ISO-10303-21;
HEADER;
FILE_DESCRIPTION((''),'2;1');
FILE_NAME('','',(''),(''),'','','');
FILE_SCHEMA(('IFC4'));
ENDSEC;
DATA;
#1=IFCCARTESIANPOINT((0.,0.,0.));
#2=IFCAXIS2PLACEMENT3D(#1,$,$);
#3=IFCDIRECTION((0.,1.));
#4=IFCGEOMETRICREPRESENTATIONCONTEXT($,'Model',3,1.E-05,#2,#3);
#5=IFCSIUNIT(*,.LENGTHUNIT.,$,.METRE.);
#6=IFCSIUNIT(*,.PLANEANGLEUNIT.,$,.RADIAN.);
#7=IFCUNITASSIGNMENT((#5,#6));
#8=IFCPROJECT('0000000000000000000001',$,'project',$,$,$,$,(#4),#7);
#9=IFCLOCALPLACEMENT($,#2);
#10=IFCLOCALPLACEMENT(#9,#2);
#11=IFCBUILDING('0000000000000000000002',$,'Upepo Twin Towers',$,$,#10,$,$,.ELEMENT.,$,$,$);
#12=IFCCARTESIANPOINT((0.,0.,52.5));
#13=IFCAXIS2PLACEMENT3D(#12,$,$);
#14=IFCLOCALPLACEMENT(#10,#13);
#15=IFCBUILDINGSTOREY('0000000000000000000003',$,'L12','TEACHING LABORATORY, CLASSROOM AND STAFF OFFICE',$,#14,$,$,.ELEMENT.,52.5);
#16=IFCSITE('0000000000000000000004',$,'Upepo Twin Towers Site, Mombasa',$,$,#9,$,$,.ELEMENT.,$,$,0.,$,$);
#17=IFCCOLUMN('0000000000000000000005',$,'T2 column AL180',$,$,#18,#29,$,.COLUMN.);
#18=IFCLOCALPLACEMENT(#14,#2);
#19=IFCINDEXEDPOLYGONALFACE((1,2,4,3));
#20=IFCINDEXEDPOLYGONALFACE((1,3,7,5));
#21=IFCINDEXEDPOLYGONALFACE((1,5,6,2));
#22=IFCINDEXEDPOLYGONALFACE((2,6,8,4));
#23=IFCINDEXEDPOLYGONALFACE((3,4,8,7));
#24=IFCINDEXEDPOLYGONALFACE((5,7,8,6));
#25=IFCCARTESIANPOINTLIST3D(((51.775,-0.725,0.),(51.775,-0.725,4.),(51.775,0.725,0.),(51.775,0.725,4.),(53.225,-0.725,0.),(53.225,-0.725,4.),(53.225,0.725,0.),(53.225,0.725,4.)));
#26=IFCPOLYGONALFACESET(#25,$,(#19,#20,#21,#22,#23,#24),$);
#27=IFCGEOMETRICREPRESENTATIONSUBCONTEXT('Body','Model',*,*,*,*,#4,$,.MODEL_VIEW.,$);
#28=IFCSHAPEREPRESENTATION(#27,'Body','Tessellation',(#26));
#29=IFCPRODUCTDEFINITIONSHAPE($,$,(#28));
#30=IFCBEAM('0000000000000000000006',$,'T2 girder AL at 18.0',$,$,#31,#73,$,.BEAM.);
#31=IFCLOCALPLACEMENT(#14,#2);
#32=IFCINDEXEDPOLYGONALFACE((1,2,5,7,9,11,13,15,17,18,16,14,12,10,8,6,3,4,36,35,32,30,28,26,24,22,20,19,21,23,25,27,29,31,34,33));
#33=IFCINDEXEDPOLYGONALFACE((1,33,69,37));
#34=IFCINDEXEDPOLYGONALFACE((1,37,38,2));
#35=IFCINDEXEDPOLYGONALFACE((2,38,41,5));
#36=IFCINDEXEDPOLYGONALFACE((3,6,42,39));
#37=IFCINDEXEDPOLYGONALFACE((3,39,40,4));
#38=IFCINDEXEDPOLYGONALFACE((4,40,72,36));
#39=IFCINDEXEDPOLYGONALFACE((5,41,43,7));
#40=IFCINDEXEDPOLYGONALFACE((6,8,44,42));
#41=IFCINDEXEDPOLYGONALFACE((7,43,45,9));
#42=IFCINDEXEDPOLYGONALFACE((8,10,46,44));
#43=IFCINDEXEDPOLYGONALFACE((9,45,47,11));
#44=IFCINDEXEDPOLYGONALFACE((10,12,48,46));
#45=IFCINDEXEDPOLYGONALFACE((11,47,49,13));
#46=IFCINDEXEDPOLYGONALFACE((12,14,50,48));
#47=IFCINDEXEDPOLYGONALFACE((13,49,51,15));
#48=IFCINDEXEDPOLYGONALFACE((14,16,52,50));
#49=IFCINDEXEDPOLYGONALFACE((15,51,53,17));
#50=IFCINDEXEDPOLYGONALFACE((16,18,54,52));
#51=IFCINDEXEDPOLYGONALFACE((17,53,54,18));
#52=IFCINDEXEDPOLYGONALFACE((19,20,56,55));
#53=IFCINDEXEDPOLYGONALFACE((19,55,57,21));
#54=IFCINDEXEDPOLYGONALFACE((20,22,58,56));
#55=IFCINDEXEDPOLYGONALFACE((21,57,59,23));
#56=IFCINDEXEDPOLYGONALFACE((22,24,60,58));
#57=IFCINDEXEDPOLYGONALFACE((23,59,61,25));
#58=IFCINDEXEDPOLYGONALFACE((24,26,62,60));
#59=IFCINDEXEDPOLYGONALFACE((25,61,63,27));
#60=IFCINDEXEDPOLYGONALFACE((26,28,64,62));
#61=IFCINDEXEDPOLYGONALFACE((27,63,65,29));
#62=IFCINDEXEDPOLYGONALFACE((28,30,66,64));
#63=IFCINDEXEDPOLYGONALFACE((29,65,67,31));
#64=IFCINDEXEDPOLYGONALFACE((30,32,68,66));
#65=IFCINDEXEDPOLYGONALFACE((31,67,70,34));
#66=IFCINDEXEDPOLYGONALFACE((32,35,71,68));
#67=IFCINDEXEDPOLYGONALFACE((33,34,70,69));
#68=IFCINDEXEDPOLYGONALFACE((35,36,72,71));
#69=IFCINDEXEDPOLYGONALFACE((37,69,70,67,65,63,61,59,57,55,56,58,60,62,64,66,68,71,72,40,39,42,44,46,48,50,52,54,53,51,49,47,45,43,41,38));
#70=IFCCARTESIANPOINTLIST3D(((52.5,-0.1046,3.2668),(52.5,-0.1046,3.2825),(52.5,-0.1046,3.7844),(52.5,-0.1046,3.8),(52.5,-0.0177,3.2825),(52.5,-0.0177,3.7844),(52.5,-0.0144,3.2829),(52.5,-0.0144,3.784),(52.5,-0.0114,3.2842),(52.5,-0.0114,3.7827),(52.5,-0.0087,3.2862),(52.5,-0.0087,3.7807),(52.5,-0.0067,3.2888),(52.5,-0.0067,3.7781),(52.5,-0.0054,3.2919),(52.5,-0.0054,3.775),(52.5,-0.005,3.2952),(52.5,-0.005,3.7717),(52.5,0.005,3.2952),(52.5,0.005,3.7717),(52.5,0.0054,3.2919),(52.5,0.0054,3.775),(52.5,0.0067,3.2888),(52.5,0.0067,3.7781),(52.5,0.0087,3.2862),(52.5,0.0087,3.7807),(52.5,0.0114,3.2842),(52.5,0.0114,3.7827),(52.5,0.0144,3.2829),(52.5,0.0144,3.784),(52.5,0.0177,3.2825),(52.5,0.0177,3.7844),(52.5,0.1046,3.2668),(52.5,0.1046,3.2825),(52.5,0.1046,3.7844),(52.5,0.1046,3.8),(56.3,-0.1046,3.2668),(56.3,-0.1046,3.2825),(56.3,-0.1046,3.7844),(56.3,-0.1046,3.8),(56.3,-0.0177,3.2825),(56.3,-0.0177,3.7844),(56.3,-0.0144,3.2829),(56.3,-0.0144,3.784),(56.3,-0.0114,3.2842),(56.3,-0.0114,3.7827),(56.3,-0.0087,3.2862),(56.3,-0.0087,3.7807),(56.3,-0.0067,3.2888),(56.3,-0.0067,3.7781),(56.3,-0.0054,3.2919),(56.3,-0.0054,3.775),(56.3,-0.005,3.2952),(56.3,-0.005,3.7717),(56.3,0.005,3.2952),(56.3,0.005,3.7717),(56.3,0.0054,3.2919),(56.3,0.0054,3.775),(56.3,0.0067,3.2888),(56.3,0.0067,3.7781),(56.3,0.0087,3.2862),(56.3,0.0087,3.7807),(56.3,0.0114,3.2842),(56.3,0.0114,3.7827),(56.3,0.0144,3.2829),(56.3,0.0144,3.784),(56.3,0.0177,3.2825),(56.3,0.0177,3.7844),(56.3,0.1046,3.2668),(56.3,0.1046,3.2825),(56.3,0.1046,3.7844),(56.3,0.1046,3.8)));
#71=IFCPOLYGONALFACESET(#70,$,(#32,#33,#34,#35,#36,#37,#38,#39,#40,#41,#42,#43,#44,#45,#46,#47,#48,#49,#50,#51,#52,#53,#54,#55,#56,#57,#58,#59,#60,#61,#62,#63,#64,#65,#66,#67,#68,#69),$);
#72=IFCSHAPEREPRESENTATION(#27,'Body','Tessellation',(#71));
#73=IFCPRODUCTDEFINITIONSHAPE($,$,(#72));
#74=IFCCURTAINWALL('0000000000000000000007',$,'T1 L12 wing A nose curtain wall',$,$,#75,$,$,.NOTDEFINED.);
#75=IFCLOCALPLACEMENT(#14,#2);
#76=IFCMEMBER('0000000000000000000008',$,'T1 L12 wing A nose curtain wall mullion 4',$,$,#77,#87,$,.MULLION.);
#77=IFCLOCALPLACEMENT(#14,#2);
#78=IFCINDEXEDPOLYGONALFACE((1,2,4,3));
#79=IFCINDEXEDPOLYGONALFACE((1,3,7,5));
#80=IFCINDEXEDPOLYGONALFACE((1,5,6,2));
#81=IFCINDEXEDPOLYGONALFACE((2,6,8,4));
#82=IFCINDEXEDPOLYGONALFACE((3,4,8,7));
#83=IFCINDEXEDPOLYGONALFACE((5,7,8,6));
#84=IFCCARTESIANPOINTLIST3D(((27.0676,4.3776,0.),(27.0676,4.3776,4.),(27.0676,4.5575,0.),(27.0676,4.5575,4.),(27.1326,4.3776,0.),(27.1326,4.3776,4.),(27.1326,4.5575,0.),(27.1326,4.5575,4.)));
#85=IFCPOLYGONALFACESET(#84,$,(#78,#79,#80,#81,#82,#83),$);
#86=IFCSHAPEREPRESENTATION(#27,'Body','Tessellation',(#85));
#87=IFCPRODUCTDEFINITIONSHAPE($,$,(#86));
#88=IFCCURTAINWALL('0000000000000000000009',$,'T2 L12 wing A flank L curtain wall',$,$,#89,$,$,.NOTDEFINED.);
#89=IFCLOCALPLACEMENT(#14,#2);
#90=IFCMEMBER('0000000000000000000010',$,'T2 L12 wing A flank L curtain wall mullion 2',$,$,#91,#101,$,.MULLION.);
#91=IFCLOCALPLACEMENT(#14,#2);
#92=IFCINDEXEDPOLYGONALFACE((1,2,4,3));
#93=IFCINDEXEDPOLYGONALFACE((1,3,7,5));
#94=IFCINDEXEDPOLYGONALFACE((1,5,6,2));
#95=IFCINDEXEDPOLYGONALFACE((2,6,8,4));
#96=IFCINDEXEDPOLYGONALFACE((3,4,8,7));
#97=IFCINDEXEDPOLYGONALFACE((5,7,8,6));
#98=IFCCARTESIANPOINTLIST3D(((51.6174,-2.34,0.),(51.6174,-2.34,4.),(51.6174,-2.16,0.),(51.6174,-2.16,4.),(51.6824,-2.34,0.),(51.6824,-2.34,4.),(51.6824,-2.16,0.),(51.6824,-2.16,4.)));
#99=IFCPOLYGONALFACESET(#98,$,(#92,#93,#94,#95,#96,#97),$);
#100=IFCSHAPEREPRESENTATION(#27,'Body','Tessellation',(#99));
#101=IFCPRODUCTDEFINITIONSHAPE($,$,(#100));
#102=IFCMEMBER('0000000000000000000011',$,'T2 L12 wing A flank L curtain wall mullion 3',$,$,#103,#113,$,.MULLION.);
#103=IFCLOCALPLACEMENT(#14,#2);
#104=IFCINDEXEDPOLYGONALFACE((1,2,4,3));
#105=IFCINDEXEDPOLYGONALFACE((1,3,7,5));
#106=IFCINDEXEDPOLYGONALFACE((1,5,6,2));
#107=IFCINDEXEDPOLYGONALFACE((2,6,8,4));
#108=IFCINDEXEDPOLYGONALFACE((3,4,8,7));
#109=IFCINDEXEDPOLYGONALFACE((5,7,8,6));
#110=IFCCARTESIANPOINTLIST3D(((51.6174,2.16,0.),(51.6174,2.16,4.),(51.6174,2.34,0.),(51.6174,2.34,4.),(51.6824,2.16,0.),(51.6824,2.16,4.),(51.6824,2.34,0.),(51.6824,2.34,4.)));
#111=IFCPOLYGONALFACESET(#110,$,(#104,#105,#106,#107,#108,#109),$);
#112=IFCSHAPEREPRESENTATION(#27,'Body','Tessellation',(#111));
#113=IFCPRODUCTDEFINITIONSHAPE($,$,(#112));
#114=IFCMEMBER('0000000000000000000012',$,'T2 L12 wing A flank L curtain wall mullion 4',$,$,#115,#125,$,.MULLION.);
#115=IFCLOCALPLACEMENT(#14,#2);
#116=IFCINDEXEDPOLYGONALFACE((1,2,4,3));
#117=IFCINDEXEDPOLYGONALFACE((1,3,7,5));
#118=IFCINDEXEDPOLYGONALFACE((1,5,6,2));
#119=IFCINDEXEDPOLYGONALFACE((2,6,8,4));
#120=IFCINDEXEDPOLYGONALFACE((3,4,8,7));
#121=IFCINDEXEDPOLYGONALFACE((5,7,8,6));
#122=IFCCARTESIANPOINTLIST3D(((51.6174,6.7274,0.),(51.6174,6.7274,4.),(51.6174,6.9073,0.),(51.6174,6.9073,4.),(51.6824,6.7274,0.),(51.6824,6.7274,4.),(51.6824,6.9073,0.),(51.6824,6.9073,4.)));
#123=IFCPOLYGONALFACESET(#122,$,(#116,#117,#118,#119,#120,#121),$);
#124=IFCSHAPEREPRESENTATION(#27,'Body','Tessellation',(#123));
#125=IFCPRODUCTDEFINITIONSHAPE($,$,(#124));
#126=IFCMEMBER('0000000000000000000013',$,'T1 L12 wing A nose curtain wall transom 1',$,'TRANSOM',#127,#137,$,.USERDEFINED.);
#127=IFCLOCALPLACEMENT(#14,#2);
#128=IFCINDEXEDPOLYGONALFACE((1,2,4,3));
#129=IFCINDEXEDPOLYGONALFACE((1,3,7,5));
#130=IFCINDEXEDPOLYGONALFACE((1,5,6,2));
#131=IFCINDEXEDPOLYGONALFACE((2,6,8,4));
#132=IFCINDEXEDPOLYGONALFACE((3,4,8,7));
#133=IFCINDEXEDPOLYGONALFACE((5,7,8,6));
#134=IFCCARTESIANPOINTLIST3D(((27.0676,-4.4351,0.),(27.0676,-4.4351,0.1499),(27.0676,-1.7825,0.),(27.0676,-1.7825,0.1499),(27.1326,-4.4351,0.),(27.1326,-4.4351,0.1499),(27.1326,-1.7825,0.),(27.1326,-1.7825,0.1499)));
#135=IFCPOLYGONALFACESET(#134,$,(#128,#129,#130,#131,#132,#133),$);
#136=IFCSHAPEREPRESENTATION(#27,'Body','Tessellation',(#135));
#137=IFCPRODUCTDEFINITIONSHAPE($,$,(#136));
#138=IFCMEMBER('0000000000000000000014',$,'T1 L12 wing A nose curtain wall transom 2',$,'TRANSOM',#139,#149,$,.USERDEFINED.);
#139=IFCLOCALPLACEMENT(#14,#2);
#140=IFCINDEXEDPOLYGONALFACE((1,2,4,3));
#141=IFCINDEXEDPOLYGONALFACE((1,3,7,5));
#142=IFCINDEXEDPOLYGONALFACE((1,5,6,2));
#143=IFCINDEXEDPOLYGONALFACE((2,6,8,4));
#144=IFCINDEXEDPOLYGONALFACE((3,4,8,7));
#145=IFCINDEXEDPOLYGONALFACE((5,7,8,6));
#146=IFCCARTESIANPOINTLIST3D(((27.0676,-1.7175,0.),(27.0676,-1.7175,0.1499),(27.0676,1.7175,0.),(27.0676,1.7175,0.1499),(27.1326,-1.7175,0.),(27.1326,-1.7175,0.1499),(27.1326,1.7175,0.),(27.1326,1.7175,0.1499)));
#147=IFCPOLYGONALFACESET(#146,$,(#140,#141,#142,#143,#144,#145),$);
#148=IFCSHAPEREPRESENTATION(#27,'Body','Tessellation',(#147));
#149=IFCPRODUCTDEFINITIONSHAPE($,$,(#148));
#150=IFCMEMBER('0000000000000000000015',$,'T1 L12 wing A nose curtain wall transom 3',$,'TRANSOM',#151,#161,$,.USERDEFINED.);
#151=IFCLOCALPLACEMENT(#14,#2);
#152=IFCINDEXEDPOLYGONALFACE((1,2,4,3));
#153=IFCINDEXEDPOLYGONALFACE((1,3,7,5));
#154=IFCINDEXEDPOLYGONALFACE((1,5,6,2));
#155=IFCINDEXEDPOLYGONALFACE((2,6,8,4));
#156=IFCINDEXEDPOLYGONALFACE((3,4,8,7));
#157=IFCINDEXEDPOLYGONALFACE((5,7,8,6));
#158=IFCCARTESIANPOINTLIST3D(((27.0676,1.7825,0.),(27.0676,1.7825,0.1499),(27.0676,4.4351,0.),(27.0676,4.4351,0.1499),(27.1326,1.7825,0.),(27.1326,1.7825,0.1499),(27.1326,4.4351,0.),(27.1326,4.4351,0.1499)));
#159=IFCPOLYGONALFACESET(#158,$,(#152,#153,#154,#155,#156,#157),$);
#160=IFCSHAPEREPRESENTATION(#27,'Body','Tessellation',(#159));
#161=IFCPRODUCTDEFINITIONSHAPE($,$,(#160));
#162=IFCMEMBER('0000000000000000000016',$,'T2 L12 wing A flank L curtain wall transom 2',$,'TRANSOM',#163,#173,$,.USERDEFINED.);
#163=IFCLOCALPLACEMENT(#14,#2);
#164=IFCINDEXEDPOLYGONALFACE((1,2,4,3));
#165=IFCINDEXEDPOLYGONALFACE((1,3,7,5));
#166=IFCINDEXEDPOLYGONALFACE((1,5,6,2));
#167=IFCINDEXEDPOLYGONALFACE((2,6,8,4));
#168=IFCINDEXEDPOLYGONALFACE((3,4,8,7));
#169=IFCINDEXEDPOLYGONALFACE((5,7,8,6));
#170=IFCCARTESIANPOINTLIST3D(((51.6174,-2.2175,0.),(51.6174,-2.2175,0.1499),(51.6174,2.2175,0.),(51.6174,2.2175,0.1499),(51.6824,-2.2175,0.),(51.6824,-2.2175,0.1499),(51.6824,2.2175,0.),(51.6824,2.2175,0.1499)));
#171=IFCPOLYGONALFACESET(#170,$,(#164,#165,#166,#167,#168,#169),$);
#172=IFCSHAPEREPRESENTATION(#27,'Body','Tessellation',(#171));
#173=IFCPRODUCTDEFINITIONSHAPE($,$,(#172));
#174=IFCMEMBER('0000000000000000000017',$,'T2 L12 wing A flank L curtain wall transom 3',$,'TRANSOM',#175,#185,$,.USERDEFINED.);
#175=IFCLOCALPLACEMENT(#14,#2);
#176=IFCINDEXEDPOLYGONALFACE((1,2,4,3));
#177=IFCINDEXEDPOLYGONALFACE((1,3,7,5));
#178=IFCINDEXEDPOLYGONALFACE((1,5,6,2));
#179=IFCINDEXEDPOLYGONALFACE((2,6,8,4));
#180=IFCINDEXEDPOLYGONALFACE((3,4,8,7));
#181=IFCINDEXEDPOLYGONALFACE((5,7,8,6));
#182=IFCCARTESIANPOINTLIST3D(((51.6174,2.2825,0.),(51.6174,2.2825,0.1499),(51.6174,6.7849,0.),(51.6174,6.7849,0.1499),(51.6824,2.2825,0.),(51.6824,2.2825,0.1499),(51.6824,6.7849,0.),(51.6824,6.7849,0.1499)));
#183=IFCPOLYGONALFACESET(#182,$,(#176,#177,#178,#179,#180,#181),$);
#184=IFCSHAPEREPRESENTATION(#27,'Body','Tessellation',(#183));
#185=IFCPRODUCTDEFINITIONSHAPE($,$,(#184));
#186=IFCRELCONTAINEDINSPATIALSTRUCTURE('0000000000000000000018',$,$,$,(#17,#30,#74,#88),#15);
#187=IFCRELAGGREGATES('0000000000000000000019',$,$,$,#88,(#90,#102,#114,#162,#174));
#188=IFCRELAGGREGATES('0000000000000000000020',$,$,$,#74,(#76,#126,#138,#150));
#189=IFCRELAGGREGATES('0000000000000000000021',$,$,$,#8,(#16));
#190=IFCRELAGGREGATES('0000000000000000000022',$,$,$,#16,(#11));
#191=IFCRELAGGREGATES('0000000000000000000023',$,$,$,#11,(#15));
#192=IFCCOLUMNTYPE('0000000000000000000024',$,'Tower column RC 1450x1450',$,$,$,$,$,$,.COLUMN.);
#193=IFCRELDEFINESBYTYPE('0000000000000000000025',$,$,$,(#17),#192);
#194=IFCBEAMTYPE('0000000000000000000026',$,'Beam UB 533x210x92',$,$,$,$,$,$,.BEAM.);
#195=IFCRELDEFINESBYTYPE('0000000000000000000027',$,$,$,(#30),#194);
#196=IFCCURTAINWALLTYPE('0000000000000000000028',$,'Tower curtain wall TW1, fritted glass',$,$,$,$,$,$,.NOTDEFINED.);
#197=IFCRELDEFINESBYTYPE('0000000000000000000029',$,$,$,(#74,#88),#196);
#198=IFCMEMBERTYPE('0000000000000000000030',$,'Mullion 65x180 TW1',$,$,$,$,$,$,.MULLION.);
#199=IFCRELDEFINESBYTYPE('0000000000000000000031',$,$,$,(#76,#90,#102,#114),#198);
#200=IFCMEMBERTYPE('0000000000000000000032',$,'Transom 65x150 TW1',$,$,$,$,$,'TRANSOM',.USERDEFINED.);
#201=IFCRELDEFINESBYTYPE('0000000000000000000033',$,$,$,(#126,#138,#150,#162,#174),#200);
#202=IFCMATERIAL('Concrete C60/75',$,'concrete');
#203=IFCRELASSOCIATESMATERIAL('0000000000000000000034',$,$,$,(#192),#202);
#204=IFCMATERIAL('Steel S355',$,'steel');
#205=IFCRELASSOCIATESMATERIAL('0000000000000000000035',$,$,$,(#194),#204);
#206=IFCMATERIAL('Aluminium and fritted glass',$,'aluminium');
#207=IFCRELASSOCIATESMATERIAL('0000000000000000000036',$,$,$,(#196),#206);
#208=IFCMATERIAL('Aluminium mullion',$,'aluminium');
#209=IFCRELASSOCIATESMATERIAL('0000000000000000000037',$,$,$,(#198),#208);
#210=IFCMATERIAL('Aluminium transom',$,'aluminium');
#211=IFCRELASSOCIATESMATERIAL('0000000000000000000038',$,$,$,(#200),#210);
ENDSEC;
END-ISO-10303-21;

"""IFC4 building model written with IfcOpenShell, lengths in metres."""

from ifc_helpers import new_model, si_unit, direction, frame, origin, origin_2d, place, context, subcontext, project, spatial, rectangle, i_section, extrude, material, material_profile, profile_set, type_object, element, aggregate, save


model = new_model("IFC4")

# Units and contexts
model_context = context("Model", 3, precision=1e-05, world=origin(), true_north=direction((0.0, 1.0)))
body_context = subcontext(model_context, "Body", "Model", "MODEL_VIEW")
ifc_project = project(units=[si_unit("LENGTHUNIT", "METRE"), si_unit("PLANEANGLEUNIT", "RADIAN")], contexts=[model_context])

# Site, building, storey
site_placement = place(None, origin())
site = spatial("IfcSite", under=ifc_project, at=site_placement, Name="Upepo Twin Towers Site, Mombasa", CompositionType="ELEMENT", RefElevation=0.0)
building_placement = place(site_placement, origin())
building = spatial("IfcBuilding", under=site, at=building_placement, Name="Upepo Twin Towers", CompositionType="ELEMENT")
storey_placement = place(building_placement, frame((0.0, 0.0, 52.5)))
storey = spatial("IfcBuildingStorey", under=building, at=storey_placement, Name="L12", Description="TEACHING LABORATORY, CLASSROOM AND STAFF OFFICE", CompositionType="ELEMENT", Elevation=52.5)

# Column
ifc_material_1 = material(Name="Concrete C60/75", Category="concrete")
ifc_material_profile_1 = material_profile(ifc_material_1, rectangle(XDim=1.45, YDim=1.45, at=origin_2d()), Name="RC 1450x1450")
ifc_profile_set_1 = profile_set([ifc_material_profile_1], Name="Concrete C60/75")
column_type = type_object("IfcColumnType", Name="Tower column RC 1450x1450", PredefinedType="COLUMN", material=ifc_profile_set_1)
column_placement = place(storey_placement, frame((52.5, 0.0, 0.0), z_axis=(0.0, 0.0, 1.0), x_axis=(1.0, 0.0, 0.0)))
element("IfcColumn", 1, at=column_placement, inside=storey, type_object=column_type, Name="T2 column AL180", PredefinedType="COLUMN", context=body_context, shape_type="SweptSolid", body=[
    extrude(rectangle(XDim=1.45, YDim=1.45, at=origin_2d()), origin(), (0.0, 0.0, 1.0), 4.0),
])

# Beam
ifc_material_2 = material(Name="Steel S355", Category="steel")
ifc_material_profile_2 = material_profile(ifc_material_2, i_section(OverallWidth=0.2092, OverallDepth=0.5332, WebThickness=0.01, FlangeThickness=0.0156, FilletRadius=0.0127, at=origin_2d()), Name="UB 533x210x92")
ifc_profile_set_2 = profile_set([ifc_material_profile_2], Name="Steel S355")
beam_type = type_object("IfcBeamType", Name="Beam UB 533x210x92", PredefinedType="BEAM", material=ifc_profile_set_2)
beam_placement = place(storey_placement, frame((52.5, 0.0, 3.5334), z_axis=(1.0, 0.0, 0.0), x_axis=(0.0, 1.0, 0.0)))
element("IfcBeam", 2, at=beam_placement, inside=storey, type_object=beam_type, Name="T2 girder AL at 18.0", PredefinedType="BEAM", context=body_context, shape_type="SweptSolid", body=[
    extrude(i_section(OverallWidth=0.2092, OverallDepth=0.5332, WebThickness=0.01, FlangeThickness=0.0156, FilletRadius=0.0127, at=origin_2d()), origin(), (0.0, 0.0, 1.0), 3.8),
])

# Curtain wall, member
ifc_material_3 = material(Name="Aluminium and fritted glass", Category="aluminium")
curtain_wall_type = type_object("IfcCurtainWallType", Name="Tower curtain wall TW1, fritted glass", PredefinedType="NOTDEFINED", material=ifc_material_3)
curtain_wall_1_placement = place(storey_placement, origin())
curtain_wall_1 = element("IfcCurtainWall", 3, at=curtain_wall_1_placement, inside=storey, type_object=curtain_wall_type, Name="T1 L12 wing A nose curtain wall", PredefinedType="NOTDEFINED")
ifc_material_4 = material(Name="Aluminium mullion", Category="aluminium")
ifc_material_profile_3 = material_profile(ifc_material_4, rectangle(XDim=0.0649, YDim=0.1799, at=origin_2d()), Name="MULLION 65x180")
ifc_profile_set_3 = profile_set([ifc_material_profile_3], Name="Aluminium mullion")
member_type_1 = type_object("IfcMemberType", Name="Mullion 65x180 TW1", PredefinedType="MULLION", material=ifc_profile_set_3)
member_1_placement = place(storey_placement, frame((27.1001, 4.4675, 0.0), z_axis=(0.0, 0.0, 1.0), x_axis=(-1.0, 0.0, 0.0)))
member_1 = element("IfcMember", 4, at=member_1_placement, type_object=member_type_1, Name="T1 L12 wing A nose curtain wall mullion 4", PredefinedType="MULLION", context=body_context, shape_type="SweptSolid", body=[
    extrude(rectangle(XDim=0.0649, YDim=0.1799, at=origin_2d()), origin(), (0.0, 0.0, 1.0), 4.0),
])

# Curtain wall, members
curtain_wall_2_placement = place(storey_placement, origin())
curtain_wall_2 = element("IfcCurtainWall", 5, at=curtain_wall_2_placement, inside=storey, type_object=curtain_wall_type, Name="T2 L12 wing A flank L curtain wall", PredefinedType="NOTDEFINED")
member_2_placement = place(storey_placement, frame((51.6499, -2.25, 0.0), z_axis=(0.0, 0.0, 1.0), x_axis=(-1.0, 0.0, 0.0)))
member_2 = element("IfcMember", 6, at=member_2_placement, type_object=member_type_1, Name="T2 L12 wing A flank L curtain wall mullion 2", PredefinedType="MULLION", context=body_context, shape_type="SweptSolid", body=[
    extrude(rectangle(XDim=0.0649, YDim=0.1799, at=origin_2d()), origin(), (0.0, 0.0, 1.0), 4.0),
])
member_3_placement = place(storey_placement, frame((51.6499, 2.25, 0.0), z_axis=(0.0, 0.0, 1.0), x_axis=(-1.0, 0.0, 0.0)))
member_3 = element("IfcMember", 7, at=member_3_placement, type_object=member_type_1, Name="T2 L12 wing A flank L curtain wall mullion 3", PredefinedType="MULLION", context=body_context, shape_type="SweptSolid", body=[
    extrude(rectangle(XDim=0.0649, YDim=0.1799, at=origin_2d()), origin(), (0.0, 0.0, 1.0), 4.0),
])
member_4_placement = place(storey_placement, frame((51.6499, 6.8174, 0.0), z_axis=(0.0, 0.0, 1.0), x_axis=(-1.0, 0.0, 0.0)))
member_4 = element("IfcMember", 8, at=member_4_placement, type_object=member_type_1, Name="T2 L12 wing A flank L curtain wall mullion 4", PredefinedType="MULLION", context=body_context, shape_type="SweptSolid", body=[
    extrude(rectangle(XDim=0.0649, YDim=0.1799, at=origin_2d()), origin(), (0.0, 0.0, 1.0), 4.0),
])

# Members
ifc_material_5 = material(Name="Aluminium transom", Category="aluminium")
ifc_material_profile_4 = material_profile(ifc_material_5, rectangle(XDim=0.0649, YDim=0.1499, at=origin_2d()), Name="TRANSOM 65x150")
ifc_profile_set_4 = profile_set([ifc_material_profile_4], Name="Aluminium transom")
member_type_2 = type_object("IfcMemberType", Name="Transom 65x150 TW1", ElementType="TRANSOM", PredefinedType="USERDEFINED", material=ifc_profile_set_4)
member_5_placement = place(storey_placement, frame((27.1001, -4.4351, 0.075), z_axis=(0.0, 1.0, 0.0), x_axis=(-1.0, 0.0, 0.0)))
member_5 = element("IfcMember", 9, at=member_5_placement, type_object=member_type_2, Name="T1 L12 wing A nose curtain wall transom 1", ObjectType="TRANSOM", PredefinedType="USERDEFINED", context=body_context, shape_type="SweptSolid", body=[
    extrude(rectangle(XDim=0.0649, YDim=0.1499, at=origin_2d()), origin(), (0.0, 0.0, 1.0), 2.6526),
])
member_6_placement = place(storey_placement, frame((27.1001, -1.7175, 0.075), z_axis=(0.0, 1.0, 0.0), x_axis=(-1.0, 0.0, 0.0)))
member_6 = element("IfcMember", 10, at=member_6_placement, type_object=member_type_2, Name="T1 L12 wing A nose curtain wall transom 2", ObjectType="TRANSOM", PredefinedType="USERDEFINED", context=body_context, shape_type="SweptSolid", body=[
    extrude(rectangle(XDim=0.0649, YDim=0.1499, at=origin_2d()), origin(), (0.0, 0.0, 1.0), 3.4351),
])
member_7_placement = place(storey_placement, frame((27.1001, 1.7825, 0.075), z_axis=(0.0, 1.0, 0.0), x_axis=(-1.0, 0.0, 0.0)))
member_7 = element("IfcMember", 11, at=member_7_placement, type_object=member_type_2, Name="T1 L12 wing A nose curtain wall transom 3", ObjectType="TRANSOM", PredefinedType="USERDEFINED", context=body_context, shape_type="SweptSolid", body=[
    extrude(rectangle(XDim=0.0649, YDim=0.1499, at=origin_2d()), origin(), (0.0, 0.0, 1.0), 2.6526),
])
member_8_placement = place(storey_placement, frame((51.6499, -2.2175, 0.075), z_axis=(0.0, 1.0, 0.0), x_axis=(-1.0, 0.0, 0.0)))
member_8 = element("IfcMember", 12, at=member_8_placement, type_object=member_type_2, Name="T2 L12 wing A flank L curtain wall transom 2", ObjectType="TRANSOM", PredefinedType="USERDEFINED", context=body_context, shape_type="SweptSolid", body=[
    extrude(rectangle(XDim=0.0649, YDim=0.1499, at=origin_2d()), origin(), (0.0, 0.0, 1.0), 4.4351),
])
member_9_placement = place(storey_placement, frame((51.6499, 2.2825, 0.075), z_axis=(0.0, 1.0, 0.0), x_axis=(-1.0, 0.0, 0.0)))
member_9 = element("IfcMember", 13, at=member_9_placement, type_object=member_type_2, Name="T2 L12 wing A flank L curtain wall transom 3", ObjectType="TRANSOM", PredefinedType="USERDEFINED", context=body_context, shape_type="SweptSolid", body=[
    extrude(rectangle(XDim=0.0649, YDim=0.1499, at=origin_2d()), origin(), (0.0, 0.0, 1.0), 4.5024),
])

aggregate(curtain_wall_2, [member_2, member_3, member_4, member_8, member_9])
aggregate(curtain_wall_1, [member_1, member_5, member_6, member_7])

save(model, "model.ifc")
